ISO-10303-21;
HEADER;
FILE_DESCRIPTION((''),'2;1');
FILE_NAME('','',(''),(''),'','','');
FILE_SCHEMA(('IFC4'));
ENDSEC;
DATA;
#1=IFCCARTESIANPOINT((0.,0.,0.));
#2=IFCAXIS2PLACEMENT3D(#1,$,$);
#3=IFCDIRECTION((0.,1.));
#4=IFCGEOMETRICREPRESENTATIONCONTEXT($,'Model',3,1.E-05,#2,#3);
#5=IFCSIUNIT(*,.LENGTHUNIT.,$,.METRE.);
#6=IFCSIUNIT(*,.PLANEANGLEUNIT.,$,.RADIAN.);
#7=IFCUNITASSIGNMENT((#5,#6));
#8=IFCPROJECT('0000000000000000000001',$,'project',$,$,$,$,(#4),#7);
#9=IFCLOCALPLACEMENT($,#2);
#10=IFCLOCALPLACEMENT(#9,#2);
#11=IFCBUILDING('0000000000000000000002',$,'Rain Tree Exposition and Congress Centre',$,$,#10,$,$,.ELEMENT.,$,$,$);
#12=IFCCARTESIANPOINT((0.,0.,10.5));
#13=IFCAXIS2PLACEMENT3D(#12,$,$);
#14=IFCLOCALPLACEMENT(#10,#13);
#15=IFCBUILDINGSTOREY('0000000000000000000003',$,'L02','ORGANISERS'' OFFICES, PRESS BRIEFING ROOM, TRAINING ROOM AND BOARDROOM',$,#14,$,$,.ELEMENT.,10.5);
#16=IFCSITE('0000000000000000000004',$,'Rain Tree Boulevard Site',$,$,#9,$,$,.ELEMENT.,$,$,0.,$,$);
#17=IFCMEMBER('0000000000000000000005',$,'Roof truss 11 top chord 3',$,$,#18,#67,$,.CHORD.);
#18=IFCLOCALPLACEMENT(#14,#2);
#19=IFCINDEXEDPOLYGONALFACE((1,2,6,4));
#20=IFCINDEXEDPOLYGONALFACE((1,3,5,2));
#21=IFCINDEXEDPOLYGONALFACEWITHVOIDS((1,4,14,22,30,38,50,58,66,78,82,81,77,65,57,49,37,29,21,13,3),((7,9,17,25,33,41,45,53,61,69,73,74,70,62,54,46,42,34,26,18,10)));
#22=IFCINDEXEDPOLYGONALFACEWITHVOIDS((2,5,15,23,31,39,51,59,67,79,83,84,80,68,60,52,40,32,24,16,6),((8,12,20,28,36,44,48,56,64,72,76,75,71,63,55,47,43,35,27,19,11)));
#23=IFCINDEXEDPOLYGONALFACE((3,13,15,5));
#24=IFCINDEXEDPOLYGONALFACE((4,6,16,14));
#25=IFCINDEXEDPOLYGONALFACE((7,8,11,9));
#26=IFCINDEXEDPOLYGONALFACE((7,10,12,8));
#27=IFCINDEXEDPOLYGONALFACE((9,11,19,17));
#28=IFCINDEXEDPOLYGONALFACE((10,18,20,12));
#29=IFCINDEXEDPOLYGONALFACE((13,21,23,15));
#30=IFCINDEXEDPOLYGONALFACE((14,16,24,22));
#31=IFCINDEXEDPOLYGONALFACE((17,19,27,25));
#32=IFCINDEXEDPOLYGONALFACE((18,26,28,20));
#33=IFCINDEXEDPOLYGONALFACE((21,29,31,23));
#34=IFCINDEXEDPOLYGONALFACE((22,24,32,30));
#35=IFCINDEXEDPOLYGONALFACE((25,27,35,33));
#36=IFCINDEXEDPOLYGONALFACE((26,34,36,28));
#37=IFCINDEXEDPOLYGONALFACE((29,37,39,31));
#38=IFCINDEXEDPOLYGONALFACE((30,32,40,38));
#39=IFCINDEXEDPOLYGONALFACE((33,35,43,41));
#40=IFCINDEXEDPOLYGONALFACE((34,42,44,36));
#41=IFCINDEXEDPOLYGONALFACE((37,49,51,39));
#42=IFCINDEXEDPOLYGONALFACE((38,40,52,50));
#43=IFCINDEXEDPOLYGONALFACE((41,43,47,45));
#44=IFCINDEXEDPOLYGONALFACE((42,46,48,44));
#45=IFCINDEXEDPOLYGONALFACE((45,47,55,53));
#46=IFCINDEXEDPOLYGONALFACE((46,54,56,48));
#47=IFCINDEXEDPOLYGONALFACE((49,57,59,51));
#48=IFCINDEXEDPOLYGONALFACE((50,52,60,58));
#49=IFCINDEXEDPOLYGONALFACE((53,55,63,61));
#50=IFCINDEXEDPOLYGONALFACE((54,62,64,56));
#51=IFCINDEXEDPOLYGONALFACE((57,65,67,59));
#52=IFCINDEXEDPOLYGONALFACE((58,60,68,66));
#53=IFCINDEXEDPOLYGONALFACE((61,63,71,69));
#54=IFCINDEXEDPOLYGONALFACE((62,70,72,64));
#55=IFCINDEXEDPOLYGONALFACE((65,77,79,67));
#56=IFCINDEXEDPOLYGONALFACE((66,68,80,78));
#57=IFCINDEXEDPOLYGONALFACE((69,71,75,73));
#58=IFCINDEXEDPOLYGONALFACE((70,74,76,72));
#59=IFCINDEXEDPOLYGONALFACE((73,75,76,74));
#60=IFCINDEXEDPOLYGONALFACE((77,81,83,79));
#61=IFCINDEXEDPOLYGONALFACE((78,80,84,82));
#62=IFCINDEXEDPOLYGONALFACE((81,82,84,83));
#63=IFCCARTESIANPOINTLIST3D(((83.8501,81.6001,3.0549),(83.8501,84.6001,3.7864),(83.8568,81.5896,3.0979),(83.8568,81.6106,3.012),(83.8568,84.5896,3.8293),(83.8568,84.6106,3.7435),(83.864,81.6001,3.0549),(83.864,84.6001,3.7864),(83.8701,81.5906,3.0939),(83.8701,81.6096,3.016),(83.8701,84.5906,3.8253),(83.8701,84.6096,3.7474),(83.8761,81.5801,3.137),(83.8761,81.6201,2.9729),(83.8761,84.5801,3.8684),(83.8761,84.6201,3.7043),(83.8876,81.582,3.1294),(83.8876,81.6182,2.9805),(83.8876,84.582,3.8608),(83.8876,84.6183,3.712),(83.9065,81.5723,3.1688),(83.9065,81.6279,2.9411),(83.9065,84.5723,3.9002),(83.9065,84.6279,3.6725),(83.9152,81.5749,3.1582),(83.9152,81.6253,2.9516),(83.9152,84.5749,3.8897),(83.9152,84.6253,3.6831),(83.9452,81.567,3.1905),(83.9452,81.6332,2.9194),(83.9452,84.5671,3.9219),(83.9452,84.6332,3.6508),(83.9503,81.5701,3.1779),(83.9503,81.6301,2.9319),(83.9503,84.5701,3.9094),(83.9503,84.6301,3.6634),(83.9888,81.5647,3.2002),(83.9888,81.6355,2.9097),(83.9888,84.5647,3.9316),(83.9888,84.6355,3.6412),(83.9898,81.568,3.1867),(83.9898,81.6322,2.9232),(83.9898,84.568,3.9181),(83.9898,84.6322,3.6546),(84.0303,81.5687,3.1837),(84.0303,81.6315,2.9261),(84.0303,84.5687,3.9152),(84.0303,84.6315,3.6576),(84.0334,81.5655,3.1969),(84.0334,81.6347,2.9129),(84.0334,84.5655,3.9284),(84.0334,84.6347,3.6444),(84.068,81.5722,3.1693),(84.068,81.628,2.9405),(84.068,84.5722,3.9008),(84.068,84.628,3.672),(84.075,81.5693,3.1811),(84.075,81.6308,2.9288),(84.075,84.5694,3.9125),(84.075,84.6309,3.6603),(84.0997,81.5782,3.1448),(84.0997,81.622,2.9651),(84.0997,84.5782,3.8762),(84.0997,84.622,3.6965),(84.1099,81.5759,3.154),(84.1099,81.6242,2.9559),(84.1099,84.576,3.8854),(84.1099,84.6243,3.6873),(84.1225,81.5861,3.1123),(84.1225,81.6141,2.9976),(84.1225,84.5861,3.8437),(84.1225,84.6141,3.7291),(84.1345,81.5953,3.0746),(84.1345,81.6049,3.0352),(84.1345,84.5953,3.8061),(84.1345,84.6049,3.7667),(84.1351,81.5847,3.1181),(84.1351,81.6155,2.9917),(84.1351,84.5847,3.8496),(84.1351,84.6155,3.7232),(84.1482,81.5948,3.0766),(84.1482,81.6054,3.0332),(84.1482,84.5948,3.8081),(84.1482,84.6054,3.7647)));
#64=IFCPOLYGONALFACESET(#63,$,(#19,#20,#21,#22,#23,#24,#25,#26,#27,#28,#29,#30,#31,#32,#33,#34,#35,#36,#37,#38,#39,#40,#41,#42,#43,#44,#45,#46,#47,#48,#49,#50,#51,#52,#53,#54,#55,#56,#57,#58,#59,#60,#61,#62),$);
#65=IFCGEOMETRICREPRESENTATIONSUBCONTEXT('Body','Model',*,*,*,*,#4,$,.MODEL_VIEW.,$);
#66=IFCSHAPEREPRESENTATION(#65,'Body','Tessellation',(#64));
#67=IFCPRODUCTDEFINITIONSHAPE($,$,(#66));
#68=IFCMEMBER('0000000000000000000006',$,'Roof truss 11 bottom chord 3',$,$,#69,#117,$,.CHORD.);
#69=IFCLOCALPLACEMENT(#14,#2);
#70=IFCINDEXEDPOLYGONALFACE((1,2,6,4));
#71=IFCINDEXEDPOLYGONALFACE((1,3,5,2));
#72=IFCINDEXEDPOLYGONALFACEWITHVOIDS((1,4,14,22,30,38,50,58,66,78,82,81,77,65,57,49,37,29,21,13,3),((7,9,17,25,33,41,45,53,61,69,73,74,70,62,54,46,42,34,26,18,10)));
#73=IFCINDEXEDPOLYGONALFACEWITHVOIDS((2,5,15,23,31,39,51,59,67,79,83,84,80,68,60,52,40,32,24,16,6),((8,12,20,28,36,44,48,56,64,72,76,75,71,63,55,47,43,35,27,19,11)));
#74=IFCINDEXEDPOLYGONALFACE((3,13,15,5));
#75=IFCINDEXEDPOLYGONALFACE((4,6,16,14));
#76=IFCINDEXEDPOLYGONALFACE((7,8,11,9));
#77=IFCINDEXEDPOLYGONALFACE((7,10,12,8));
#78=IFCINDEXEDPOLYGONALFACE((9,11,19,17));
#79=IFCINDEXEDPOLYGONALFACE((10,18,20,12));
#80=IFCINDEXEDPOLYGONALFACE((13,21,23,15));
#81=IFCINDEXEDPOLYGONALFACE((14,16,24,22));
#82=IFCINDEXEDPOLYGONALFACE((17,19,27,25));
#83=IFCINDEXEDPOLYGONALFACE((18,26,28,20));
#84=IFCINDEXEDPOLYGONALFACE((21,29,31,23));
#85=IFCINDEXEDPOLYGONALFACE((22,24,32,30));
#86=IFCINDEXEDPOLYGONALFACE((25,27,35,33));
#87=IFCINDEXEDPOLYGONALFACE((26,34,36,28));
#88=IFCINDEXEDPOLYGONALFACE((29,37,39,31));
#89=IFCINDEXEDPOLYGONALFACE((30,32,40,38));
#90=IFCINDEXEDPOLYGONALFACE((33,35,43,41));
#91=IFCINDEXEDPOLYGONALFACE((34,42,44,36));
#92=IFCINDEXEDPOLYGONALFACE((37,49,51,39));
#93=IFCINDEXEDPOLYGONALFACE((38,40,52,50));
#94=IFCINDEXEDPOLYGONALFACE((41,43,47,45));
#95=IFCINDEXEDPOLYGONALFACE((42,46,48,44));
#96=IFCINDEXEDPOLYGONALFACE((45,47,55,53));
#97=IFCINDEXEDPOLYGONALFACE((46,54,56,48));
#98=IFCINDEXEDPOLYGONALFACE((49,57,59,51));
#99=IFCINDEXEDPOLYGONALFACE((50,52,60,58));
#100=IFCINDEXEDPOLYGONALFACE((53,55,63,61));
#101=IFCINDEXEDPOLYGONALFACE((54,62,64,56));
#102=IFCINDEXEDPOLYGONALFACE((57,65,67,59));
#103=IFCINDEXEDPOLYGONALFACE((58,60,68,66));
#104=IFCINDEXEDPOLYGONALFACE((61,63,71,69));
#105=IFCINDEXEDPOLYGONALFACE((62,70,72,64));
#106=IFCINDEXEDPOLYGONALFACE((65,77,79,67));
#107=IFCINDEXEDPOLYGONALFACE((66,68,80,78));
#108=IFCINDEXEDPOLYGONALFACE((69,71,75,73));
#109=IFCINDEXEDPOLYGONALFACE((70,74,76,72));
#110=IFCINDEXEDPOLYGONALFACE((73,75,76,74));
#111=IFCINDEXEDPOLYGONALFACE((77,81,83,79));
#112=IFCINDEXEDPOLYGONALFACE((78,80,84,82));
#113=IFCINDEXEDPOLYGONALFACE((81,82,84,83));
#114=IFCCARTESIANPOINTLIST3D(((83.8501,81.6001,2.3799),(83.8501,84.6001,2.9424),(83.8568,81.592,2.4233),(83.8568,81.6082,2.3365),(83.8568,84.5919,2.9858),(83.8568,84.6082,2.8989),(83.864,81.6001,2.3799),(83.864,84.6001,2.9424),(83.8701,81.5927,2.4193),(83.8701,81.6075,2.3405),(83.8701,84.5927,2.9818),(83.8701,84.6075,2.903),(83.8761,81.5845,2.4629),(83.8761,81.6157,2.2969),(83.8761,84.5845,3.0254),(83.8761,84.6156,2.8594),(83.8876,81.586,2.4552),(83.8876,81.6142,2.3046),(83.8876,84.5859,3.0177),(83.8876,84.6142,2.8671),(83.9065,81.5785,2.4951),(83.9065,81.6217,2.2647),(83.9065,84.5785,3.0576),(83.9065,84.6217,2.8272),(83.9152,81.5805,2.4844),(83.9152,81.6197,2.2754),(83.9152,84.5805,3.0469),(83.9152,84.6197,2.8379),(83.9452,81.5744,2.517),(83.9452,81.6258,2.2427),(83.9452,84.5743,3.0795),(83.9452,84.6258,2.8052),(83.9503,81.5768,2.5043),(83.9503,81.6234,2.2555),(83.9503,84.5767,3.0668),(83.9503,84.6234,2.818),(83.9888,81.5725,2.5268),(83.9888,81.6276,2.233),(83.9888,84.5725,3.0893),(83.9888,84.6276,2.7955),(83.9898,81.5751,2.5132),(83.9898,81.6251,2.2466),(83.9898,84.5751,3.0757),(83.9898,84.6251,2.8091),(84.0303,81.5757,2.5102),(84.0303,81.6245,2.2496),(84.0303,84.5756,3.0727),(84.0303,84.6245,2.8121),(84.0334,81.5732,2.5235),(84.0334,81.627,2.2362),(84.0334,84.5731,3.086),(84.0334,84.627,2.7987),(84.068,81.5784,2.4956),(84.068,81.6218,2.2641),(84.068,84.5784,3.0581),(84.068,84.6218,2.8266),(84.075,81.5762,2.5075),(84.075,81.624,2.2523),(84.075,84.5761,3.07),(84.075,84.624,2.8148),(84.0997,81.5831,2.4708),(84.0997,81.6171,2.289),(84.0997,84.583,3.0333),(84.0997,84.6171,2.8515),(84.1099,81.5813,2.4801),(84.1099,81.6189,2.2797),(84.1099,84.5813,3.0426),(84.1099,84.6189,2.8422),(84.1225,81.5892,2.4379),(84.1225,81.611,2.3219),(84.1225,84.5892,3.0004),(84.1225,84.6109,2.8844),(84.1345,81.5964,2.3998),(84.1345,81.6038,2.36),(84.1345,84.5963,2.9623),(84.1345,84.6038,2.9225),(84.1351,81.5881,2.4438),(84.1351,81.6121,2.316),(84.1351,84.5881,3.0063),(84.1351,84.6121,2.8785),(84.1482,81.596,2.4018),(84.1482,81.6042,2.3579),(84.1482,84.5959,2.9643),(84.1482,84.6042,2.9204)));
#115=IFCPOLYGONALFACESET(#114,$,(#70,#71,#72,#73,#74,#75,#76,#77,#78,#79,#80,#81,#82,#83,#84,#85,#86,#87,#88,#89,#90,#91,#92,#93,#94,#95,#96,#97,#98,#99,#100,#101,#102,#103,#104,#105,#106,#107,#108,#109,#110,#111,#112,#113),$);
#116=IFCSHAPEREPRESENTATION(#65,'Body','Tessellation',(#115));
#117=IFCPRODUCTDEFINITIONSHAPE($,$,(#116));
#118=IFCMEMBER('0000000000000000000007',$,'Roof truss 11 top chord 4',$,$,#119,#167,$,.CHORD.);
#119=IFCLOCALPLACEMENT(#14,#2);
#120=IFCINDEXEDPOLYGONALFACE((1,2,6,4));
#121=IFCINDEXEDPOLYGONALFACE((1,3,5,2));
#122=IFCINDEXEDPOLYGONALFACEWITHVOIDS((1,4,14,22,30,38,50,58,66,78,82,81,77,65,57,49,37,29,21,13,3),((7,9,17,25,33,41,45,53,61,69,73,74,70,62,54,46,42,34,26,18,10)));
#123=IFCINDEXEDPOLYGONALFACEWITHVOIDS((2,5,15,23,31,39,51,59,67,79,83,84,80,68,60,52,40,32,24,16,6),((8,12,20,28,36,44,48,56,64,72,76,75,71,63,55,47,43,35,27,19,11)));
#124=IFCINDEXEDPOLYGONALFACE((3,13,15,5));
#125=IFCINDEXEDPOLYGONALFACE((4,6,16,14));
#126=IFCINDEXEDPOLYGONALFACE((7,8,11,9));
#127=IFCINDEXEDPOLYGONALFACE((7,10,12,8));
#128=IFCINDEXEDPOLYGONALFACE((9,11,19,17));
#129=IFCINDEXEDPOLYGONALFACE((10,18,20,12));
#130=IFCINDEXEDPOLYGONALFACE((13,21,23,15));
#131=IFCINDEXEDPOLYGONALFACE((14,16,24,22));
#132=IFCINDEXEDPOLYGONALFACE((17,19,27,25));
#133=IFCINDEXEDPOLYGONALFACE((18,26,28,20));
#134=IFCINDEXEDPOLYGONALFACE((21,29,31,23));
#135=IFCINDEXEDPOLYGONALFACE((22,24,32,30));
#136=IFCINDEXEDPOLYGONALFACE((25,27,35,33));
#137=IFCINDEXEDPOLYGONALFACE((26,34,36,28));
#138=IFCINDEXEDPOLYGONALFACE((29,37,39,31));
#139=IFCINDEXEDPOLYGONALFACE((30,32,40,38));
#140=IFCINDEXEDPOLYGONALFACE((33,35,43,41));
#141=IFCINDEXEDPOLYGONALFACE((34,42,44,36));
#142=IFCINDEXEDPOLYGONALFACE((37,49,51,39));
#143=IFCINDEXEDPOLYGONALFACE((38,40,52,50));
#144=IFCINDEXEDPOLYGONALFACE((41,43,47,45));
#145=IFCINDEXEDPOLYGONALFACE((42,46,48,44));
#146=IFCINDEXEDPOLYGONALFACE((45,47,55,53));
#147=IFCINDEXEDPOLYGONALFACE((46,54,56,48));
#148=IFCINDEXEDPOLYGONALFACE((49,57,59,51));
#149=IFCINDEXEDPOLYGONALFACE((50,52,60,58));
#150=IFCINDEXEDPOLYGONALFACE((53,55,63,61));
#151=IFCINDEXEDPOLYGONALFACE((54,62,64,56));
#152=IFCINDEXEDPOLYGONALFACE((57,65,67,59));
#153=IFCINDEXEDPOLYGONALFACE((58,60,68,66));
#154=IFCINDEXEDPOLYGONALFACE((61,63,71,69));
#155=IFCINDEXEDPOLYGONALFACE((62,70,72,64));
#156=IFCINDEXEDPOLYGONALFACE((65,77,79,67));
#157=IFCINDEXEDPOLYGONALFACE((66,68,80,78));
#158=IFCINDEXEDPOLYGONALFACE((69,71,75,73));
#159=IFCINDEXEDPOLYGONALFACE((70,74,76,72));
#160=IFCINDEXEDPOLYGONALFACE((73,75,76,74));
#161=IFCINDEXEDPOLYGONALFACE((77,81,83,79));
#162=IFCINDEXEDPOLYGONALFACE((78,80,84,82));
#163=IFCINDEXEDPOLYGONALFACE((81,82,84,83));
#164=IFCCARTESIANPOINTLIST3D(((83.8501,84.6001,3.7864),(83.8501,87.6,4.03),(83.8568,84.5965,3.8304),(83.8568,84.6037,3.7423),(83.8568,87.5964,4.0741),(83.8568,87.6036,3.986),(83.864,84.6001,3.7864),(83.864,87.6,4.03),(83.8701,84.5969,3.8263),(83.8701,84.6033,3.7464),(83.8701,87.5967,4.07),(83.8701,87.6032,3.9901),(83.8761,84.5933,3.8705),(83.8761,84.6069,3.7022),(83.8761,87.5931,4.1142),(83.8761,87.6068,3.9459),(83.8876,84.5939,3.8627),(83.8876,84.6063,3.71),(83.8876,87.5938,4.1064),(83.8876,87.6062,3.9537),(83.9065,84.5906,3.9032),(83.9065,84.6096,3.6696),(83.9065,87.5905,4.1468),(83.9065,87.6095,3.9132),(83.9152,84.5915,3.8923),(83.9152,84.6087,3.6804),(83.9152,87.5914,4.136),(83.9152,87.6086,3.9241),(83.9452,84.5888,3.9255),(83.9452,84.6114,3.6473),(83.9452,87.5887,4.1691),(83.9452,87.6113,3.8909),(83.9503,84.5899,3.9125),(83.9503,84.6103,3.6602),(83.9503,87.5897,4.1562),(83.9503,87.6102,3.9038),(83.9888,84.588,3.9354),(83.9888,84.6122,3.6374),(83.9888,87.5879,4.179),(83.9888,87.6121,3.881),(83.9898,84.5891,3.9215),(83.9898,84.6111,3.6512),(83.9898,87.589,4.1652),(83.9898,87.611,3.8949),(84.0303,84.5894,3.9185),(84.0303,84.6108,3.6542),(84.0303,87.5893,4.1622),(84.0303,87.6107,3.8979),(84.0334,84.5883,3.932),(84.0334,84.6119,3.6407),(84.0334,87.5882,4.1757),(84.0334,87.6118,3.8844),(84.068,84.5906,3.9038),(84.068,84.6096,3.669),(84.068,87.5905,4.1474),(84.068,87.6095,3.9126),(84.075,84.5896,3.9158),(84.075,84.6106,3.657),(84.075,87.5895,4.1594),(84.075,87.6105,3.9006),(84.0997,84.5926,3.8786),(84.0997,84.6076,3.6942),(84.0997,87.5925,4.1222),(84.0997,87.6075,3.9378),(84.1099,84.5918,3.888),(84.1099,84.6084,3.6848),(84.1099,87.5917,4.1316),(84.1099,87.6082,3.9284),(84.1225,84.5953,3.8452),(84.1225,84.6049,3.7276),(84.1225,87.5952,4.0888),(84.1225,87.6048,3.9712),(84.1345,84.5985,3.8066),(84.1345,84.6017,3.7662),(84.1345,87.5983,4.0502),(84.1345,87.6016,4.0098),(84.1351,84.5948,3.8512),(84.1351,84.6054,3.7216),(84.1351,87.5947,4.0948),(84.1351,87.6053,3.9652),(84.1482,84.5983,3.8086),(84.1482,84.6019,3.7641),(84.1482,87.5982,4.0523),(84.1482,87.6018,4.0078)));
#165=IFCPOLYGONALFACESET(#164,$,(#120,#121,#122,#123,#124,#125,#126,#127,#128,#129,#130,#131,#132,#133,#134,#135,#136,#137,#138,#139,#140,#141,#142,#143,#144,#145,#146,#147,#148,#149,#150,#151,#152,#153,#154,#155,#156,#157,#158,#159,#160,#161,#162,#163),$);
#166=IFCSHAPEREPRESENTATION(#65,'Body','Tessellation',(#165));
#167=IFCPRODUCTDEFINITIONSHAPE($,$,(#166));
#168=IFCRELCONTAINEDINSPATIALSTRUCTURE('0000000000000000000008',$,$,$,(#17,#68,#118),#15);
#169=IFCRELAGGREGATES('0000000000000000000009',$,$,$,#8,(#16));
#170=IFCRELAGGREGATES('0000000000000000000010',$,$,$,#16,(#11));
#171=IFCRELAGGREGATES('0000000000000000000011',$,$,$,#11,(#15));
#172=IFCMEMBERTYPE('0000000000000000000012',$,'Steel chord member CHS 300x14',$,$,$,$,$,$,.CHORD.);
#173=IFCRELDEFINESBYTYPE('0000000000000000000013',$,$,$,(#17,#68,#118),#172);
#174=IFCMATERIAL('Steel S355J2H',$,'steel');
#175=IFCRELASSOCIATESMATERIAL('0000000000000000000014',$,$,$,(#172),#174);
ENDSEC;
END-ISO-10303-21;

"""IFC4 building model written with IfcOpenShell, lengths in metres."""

from ifc_helpers import new_model, si_unit, direction, frame, origin, origin_2d, place, context, subcontext, project, spatial, hollow_circle, extrude, material, material_profile, profile_set, type_object, element, save


model = new_model("IFC4")

# Units and contexts
model_context = context("Model", 3, precision=1e-05, world=origin(), true_north=direction((0.0, 1.0)))
body_context = subcontext(model_context, "Body", "Model", "MODEL_VIEW")
ifc_project = project(units=[si_unit("LENGTHUNIT", "METRE"), si_unit("PLANEANGLEUNIT", "RADIAN")], contexts=[model_context])

# Site, building, storey
site_placement = place(None, origin())
site = spatial("IfcSite", under=ifc_project, at=site_placement, Name="Rain Tree Boulevard Site", CompositionType="ELEMENT", RefElevation=0.0)
building_placement = place(site_placement, origin())
building = spatial("IfcBuilding", under=site, at=building_placement, Name="Rain Tree Exposition and Congress Centre", CompositionType="ELEMENT")
storey_placement = place(building_placement, frame((0.0, 0.0, 10.5)))
storey = spatial("IfcBuildingStorey", under=building, at=storey_placement, Name="L02", Description="ORGANISERS' OFFICES, PRESS BRIEFING ROOM, TRAINING ROOM AND BOARDROOM", CompositionType="ELEMENT", Elevation=10.5)

# Members
ifc_material_1 = material(Name="Steel S355J2H", Category="steel")
ifc_material_profile_1 = material_profile(ifc_material_1, hollow_circle(Radius=0.1499, WallThickness=0.0139, at=origin_2d()), Name="CHS 300x14")
ifc_profile_set_1 = profile_set([ifc_material_profile_1], Name="Steel S355J2H")
member_type_1 = type_object("IfcMemberType", Name="Steel chord member CHS 300x14", PredefinedType="CHORD", material=ifc_profile_set_1)
member_1_placement = place(storey_placement, frame((84.0, 81.6001, 3.0549), z_axis=(0.0, 0.97154, 0.236876), x_axis=(-1.0, 0.0, 0.0)))
element("IfcMember", 1, at=member_1_placement, inside=storey, type_object=member_type_1, Name="Roof truss 11 top chord 3", PredefinedType="CHORD", context=body_context, shape_type="SweptSolid", body=[
    extrude(hollow_circle(Radius=0.1499, WallThickness=0.0139, at=origin_2d()), origin(), (0.0, 0.0, 1.0), 3.0879),
])
member_2_placement = place(storey_placement, frame((84.0, 81.6001, 2.3799), z_axis=(0.0, 0.982872, 0.184289), x_axis=(-1.0, 0.0, 0.0)))
element("IfcMember", 2, at=member_2_placement, inside=storey, type_object=member_type_1, Name="Roof truss 11 bottom chord 3", PredefinedType="CHORD", context=body_context, shape_type="SweptSolid", body=[
    extrude(hollow_circle(Radius=0.1499, WallThickness=0.0139, at=origin_2d()), origin(), (0.0, 0.0, 1.0), 3.0522),
])
member_3_placement = place(storey_placement, frame((84.0, 84.6001, 3.7864), z_axis=(0.0, 0.996718, 0.080951), x_axis=(-1.0, 0.0, 0.0)))
element("IfcMember", 3, at=member_3_placement, inside=storey, type_object=member_type_1, Name="Roof truss 11 top chord 4", PredefinedType="CHORD", context=body_context, shape_type="SweptSolid", body=[
    extrude(hollow_circle(Radius=0.1499, WallThickness=0.0139, at=origin_2d()), origin(), (0.0, 0.0, 1.0), 3.0098),
])

save(model, "model.ifc")
